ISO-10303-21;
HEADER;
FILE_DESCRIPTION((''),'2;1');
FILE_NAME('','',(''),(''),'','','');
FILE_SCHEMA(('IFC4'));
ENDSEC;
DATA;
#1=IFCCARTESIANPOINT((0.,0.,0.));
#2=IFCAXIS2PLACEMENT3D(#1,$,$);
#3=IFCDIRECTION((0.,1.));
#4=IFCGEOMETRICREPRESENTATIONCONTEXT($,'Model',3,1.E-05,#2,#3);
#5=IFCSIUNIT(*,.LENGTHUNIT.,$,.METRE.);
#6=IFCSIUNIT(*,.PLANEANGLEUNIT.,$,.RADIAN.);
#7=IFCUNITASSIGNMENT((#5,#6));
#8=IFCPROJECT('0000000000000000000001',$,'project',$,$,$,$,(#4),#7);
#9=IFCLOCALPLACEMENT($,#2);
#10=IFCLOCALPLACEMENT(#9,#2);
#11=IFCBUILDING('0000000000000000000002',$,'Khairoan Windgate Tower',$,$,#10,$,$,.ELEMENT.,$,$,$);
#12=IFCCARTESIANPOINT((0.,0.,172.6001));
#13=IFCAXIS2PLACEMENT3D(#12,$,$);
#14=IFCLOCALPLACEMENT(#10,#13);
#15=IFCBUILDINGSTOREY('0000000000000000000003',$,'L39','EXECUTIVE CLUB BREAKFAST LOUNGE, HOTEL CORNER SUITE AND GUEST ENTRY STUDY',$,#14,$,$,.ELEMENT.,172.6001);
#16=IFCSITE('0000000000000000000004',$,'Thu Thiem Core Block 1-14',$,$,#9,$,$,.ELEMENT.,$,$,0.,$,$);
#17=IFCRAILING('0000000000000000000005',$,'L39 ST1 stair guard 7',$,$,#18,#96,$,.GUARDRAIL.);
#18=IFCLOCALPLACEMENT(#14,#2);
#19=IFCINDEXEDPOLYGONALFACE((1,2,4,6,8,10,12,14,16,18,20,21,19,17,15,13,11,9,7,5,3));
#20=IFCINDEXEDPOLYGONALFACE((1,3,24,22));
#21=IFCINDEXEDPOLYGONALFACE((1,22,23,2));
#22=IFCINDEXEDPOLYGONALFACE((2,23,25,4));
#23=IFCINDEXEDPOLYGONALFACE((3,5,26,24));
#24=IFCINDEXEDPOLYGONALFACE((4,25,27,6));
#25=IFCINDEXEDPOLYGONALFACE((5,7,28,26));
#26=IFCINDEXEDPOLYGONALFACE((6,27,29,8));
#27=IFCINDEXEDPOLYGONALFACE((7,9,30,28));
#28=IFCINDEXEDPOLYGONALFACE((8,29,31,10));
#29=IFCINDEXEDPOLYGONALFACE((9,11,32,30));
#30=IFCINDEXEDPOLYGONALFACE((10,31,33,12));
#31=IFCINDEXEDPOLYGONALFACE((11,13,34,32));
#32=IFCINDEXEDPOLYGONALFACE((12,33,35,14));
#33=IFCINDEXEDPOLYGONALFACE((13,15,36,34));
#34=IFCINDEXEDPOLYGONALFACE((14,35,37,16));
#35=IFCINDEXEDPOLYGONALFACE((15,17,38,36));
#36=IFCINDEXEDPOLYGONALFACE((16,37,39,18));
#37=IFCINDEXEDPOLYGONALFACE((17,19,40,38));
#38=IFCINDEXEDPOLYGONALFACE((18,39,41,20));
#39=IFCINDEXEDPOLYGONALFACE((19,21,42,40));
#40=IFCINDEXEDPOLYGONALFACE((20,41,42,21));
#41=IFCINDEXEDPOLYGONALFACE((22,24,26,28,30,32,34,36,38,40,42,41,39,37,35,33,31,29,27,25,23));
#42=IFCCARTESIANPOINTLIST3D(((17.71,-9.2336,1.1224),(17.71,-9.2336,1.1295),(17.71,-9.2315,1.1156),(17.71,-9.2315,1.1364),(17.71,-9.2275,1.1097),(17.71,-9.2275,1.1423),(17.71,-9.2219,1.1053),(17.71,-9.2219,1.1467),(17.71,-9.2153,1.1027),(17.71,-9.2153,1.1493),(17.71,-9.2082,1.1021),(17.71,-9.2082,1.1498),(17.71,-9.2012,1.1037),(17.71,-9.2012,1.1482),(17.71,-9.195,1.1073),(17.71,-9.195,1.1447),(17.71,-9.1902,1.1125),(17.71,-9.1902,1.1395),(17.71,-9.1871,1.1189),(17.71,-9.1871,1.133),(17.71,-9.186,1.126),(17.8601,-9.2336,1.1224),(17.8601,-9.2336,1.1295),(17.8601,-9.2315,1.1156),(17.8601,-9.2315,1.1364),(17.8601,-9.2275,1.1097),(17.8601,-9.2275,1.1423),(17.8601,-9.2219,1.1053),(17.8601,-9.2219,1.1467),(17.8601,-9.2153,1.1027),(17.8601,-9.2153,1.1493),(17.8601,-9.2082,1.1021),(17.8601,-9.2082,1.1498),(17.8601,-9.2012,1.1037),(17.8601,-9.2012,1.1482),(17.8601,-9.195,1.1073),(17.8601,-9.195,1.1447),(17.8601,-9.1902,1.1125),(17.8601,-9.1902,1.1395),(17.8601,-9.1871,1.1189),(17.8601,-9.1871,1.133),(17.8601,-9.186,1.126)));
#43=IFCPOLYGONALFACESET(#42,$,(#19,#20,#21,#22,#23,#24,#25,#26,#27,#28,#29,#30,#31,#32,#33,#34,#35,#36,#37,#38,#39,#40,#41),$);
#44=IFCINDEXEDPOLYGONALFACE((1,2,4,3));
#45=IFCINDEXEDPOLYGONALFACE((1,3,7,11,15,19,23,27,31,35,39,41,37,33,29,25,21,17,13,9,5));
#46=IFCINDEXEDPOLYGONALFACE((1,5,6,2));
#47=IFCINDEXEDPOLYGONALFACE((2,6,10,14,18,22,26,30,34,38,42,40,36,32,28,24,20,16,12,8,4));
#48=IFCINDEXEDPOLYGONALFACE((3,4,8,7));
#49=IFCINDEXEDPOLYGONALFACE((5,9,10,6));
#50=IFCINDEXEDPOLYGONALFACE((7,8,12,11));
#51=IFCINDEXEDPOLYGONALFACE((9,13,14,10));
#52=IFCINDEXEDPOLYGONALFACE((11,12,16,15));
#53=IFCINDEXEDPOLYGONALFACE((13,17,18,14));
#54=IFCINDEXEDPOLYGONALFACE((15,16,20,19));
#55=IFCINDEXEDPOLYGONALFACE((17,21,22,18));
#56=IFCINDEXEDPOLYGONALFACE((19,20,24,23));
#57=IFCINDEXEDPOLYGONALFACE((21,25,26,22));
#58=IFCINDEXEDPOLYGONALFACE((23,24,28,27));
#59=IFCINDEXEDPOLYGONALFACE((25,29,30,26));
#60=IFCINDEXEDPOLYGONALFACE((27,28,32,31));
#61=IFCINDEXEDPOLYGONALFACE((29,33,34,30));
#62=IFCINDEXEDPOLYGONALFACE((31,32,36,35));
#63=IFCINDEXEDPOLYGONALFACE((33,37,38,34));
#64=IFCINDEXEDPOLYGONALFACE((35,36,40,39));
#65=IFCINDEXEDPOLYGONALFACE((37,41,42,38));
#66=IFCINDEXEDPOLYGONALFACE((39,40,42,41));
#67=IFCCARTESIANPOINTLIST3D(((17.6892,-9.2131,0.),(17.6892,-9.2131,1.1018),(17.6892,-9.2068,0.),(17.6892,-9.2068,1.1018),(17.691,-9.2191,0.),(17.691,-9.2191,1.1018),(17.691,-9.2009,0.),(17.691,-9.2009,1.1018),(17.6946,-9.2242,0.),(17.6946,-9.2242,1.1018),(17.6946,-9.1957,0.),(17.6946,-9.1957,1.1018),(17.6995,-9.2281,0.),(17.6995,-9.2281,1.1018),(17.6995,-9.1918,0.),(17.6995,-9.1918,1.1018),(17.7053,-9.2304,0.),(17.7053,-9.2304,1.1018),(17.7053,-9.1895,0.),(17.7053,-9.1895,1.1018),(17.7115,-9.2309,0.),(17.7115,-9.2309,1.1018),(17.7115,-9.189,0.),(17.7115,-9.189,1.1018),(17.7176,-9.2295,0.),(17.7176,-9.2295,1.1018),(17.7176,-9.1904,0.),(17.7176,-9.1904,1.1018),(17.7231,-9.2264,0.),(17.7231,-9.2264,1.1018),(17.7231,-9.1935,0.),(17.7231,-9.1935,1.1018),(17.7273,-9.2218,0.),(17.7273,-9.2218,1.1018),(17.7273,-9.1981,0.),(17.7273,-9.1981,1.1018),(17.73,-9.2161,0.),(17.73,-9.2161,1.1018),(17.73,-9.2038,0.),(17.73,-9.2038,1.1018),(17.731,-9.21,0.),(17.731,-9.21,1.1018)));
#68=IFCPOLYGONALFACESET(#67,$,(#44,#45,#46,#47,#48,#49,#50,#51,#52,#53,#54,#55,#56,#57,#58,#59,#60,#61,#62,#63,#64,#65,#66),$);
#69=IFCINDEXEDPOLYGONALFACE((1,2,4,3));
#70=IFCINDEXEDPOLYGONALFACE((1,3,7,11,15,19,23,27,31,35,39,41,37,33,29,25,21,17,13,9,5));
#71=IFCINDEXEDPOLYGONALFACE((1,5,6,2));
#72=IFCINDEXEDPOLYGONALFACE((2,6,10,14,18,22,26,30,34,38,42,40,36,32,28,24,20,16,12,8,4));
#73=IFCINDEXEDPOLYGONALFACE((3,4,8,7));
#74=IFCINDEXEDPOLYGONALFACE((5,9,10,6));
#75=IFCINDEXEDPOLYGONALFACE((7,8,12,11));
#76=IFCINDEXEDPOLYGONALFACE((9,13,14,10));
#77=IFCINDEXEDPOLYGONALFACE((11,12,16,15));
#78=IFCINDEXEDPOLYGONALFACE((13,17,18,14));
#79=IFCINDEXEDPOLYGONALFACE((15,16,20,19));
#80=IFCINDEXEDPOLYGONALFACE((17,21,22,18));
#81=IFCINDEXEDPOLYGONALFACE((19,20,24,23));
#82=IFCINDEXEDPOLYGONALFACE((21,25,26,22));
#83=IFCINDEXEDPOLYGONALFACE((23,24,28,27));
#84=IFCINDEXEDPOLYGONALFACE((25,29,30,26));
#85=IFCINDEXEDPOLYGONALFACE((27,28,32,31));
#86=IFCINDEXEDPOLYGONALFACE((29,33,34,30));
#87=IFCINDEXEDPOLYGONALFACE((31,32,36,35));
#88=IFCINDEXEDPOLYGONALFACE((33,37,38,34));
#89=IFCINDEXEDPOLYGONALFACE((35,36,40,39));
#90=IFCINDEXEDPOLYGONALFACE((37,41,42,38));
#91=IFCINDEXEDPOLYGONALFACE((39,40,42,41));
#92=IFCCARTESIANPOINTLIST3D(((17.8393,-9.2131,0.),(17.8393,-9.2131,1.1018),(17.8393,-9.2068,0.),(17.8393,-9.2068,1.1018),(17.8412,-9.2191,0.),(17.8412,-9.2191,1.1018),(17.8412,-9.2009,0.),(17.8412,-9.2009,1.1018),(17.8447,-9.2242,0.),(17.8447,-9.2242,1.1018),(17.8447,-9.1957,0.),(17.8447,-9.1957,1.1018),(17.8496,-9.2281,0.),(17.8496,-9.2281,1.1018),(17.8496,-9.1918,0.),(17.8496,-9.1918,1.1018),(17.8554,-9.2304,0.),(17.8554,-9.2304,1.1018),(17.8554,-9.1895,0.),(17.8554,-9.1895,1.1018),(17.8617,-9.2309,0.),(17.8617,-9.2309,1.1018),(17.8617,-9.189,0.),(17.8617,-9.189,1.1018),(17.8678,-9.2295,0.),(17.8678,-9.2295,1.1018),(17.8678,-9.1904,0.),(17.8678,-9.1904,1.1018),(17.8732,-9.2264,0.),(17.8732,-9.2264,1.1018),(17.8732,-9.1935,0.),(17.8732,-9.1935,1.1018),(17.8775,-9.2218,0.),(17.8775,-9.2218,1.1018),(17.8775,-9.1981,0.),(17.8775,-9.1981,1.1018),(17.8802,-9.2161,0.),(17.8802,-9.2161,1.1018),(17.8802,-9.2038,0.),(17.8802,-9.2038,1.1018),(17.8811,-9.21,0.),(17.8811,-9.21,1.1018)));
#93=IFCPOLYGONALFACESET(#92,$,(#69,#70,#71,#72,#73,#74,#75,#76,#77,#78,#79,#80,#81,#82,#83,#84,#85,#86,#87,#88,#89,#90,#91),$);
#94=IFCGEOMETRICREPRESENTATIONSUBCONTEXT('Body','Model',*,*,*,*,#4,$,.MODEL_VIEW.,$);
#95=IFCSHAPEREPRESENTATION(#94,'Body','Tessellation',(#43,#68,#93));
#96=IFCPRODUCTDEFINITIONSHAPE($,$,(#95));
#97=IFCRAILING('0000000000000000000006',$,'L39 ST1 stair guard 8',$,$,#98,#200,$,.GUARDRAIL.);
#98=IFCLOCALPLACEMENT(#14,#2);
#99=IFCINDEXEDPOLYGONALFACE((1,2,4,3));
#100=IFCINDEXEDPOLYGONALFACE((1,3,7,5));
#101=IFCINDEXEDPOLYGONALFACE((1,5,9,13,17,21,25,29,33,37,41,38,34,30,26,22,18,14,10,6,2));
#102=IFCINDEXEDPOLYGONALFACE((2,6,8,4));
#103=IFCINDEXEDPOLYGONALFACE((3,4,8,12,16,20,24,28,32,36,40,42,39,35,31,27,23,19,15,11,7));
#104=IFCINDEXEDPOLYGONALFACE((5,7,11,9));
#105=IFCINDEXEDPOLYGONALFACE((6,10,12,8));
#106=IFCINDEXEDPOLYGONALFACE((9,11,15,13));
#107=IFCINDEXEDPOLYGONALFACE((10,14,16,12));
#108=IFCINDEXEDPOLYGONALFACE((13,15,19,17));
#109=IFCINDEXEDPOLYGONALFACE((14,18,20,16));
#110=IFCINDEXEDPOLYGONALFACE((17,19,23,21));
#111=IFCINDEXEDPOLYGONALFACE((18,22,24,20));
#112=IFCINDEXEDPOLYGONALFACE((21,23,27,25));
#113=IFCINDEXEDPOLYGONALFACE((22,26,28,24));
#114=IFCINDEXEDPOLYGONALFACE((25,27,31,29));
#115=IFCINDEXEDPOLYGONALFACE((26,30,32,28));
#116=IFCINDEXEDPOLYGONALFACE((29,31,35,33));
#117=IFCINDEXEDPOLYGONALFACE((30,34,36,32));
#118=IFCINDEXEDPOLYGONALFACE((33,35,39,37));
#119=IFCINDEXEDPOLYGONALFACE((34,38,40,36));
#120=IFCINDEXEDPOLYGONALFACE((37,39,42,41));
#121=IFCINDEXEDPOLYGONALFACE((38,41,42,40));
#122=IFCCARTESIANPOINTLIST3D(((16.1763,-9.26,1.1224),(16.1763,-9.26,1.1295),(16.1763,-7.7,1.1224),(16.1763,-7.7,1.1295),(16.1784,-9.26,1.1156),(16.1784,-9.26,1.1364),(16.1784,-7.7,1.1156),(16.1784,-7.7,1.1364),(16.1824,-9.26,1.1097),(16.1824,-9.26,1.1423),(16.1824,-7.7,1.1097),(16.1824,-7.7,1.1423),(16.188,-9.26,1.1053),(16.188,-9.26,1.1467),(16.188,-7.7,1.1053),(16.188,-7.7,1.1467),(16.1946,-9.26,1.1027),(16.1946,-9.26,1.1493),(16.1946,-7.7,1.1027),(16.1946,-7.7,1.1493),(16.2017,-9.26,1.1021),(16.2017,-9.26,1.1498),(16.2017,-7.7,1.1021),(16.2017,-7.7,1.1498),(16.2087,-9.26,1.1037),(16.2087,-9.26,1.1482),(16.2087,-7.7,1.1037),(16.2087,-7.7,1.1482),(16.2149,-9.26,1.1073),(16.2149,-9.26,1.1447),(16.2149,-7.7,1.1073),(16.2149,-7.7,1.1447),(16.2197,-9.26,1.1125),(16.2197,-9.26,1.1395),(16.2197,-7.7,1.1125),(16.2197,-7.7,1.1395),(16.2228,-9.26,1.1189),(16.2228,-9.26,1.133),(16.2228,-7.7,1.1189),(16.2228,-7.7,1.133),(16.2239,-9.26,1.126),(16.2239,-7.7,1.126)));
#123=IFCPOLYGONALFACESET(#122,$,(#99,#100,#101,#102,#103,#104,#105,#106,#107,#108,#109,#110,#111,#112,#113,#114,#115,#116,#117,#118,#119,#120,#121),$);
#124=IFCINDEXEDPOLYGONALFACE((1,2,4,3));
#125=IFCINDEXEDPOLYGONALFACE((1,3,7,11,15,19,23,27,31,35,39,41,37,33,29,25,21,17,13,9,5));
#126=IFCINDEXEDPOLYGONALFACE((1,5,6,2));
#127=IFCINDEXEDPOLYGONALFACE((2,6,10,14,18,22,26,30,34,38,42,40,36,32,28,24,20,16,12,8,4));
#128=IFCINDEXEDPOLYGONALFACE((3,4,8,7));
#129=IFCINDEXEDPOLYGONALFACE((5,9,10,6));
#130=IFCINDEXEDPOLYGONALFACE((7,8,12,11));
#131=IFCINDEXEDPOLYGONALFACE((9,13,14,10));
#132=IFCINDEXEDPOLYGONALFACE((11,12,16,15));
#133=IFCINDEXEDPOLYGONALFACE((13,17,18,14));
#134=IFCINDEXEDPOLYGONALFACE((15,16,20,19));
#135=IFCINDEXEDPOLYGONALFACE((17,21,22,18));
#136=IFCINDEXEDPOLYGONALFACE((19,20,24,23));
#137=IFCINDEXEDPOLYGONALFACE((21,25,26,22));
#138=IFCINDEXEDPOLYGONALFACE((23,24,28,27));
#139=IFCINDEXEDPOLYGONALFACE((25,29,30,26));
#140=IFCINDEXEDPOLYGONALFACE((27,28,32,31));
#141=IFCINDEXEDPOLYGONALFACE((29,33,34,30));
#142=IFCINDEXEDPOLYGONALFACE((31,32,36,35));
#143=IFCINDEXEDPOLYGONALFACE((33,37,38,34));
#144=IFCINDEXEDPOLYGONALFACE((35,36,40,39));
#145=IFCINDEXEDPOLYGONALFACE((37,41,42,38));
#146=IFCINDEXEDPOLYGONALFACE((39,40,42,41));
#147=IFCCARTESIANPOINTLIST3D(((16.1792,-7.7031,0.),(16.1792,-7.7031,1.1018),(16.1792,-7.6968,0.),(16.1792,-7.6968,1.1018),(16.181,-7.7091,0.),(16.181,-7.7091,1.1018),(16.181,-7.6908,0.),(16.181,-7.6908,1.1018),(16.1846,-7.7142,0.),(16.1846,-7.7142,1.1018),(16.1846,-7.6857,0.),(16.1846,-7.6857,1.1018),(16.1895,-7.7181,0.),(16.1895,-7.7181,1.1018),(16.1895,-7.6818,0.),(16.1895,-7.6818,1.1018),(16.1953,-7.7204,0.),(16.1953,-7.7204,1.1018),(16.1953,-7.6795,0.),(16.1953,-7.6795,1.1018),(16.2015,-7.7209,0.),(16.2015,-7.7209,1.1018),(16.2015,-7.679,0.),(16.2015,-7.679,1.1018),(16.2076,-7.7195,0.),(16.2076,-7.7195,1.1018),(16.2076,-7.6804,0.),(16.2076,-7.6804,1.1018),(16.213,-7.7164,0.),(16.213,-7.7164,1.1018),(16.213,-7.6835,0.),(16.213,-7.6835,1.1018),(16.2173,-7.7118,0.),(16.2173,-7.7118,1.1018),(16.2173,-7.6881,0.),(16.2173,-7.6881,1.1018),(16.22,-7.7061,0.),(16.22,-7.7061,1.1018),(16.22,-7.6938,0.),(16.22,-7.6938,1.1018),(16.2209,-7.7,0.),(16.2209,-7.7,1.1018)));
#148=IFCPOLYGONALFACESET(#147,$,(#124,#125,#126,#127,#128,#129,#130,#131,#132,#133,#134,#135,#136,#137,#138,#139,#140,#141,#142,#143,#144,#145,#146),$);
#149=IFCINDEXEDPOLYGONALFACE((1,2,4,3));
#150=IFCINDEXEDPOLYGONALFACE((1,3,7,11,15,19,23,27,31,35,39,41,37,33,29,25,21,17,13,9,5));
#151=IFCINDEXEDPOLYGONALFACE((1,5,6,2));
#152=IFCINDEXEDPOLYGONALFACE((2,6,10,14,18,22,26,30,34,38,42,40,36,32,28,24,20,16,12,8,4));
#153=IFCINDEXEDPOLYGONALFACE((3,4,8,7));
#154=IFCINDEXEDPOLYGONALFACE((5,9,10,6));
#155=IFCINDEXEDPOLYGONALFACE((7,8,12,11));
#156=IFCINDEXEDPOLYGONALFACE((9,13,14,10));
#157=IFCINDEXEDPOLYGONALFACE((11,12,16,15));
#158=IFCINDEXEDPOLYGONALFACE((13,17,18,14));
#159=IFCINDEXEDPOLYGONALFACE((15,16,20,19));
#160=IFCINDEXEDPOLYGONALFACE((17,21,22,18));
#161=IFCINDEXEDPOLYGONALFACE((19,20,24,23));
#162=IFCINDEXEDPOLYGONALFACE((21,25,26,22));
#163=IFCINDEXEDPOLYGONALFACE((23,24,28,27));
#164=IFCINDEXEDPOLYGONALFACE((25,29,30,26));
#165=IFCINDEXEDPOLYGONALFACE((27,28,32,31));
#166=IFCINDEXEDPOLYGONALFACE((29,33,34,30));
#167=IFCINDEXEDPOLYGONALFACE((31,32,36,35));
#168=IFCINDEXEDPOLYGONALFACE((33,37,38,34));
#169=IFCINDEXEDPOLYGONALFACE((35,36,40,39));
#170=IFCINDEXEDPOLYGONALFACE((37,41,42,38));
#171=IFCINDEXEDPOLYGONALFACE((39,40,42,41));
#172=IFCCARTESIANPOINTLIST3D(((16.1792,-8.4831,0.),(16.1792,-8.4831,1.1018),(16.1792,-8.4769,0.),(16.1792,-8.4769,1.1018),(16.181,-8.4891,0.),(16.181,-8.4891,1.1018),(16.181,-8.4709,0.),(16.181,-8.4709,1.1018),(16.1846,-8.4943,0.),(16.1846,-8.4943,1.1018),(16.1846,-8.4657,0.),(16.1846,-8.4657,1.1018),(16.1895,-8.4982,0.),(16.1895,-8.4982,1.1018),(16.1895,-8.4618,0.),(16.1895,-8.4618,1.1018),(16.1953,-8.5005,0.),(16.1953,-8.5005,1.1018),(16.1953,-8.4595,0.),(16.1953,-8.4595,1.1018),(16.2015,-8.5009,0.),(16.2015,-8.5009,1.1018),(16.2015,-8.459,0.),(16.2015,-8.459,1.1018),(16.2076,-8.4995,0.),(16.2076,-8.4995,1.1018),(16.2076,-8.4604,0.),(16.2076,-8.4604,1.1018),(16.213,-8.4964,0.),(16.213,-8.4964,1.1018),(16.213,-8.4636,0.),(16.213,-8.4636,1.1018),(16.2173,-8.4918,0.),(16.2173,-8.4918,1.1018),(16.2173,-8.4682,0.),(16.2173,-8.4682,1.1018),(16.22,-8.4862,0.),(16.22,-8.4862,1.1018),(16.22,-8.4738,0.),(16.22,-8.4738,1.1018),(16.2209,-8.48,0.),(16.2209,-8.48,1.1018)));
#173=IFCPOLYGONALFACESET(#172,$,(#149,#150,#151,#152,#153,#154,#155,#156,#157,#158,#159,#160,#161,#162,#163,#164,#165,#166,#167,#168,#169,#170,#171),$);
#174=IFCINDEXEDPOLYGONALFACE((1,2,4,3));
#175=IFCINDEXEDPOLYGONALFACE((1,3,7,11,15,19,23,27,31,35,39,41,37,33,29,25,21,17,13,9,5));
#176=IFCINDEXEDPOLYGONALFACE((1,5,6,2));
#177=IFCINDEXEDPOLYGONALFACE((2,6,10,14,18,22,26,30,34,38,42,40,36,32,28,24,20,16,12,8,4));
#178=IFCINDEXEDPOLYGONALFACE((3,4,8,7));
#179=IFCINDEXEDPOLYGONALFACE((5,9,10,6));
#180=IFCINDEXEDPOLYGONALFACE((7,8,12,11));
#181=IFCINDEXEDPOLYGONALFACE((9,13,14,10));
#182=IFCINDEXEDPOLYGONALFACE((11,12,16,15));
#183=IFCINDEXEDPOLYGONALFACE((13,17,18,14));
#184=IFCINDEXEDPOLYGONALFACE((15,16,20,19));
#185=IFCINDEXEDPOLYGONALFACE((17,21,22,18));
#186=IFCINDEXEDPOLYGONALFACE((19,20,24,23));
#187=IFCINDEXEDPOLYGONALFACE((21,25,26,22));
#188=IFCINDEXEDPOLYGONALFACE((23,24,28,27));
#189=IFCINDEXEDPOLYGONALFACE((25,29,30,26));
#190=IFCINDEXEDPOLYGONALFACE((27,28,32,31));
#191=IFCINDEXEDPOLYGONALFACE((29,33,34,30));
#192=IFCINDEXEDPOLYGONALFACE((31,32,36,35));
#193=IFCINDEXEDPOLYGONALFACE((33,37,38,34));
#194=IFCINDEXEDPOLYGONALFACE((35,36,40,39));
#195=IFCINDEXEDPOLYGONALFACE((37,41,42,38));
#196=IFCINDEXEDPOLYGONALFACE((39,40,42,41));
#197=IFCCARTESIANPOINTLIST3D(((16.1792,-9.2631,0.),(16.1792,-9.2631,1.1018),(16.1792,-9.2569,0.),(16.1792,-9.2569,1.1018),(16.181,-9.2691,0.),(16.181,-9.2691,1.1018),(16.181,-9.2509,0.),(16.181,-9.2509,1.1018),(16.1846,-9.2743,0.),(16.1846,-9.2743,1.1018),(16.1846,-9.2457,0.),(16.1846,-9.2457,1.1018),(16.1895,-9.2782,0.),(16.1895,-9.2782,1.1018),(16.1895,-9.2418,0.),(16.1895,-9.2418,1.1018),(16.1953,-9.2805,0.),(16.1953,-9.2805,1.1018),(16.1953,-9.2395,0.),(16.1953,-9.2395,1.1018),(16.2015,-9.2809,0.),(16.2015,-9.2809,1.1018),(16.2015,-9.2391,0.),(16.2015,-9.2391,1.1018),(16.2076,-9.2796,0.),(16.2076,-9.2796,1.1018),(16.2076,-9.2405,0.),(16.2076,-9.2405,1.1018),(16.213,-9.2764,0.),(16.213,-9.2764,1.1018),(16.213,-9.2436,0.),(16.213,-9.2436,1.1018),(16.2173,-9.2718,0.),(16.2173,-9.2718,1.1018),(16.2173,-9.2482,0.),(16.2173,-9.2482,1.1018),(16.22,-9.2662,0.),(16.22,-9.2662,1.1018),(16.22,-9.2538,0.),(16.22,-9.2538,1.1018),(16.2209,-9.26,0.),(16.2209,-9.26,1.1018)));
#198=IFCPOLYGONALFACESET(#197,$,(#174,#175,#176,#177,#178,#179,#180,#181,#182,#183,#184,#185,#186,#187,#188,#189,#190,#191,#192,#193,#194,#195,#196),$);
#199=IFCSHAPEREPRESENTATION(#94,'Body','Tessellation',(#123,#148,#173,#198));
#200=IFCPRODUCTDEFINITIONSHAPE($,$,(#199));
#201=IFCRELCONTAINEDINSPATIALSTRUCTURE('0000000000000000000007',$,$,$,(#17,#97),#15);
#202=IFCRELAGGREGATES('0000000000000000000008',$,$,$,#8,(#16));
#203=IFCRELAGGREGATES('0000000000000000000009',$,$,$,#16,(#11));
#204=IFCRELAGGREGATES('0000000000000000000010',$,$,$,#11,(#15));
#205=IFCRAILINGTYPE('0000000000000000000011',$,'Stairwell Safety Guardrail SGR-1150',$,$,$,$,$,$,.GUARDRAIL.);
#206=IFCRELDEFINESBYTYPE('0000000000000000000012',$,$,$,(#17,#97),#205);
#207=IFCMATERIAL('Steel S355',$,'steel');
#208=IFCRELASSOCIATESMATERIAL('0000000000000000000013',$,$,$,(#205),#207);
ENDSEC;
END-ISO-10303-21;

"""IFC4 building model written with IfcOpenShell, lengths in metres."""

from ifc_helpers import new_model, si_unit, direction, frame, origin, origin_2d, place, context, subcontext, project, spatial, circle, extrude, material, type_object, element, save


model = new_model("IFC4")

# Units and contexts
model_context = context("Model", 3, precision=1e-05, world=origin(), true_north=direction((0.0, 1.0)))
body_context = subcontext(model_context, "Body", "Model", "MODEL_VIEW")
ifc_project = project(units=[si_unit("LENGTHUNIT", "METRE"), si_unit("PLANEANGLEUNIT", "RADIAN")], contexts=[model_context])

# Site, building, storey
site_placement = place(None, origin())
site = spatial("IfcSite", under=ifc_project, at=site_placement, Name="Thu Thiem Core Block 1-14", CompositionType="ELEMENT", RefElevation=0.0)
building_placement = place(site_placement, origin())
building = spatial("IfcBuilding", under=site, at=building_placement, Name="Khairoan Windgate Tower", CompositionType="ELEMENT")
storey_placement = place(building_placement, frame((0.0, 0.0, 172.6001)))
storey = spatial("IfcBuildingStorey", under=building, at=storey_placement, Name="L39", Description="EXECUTIVE CLUB BREAKFAST LOUNGE, HOTEL CORNER SUITE AND GUEST ENTRY STUDY", CompositionType="ELEMENT", Elevation=172.6001)

# Railings
ifc_material_1 = material(Name="Steel S355", Category="steel")
railing_type_1 = type_object("IfcRailingType", Name="Stairwell Safety Guardrail SGR-1150", PredefinedType="GUARDRAIL", material=ifc_material_1)
railing_1_placement = place(storey_placement, frame((17.71, -9.21, 0.0)))
element("IfcRailing", 1, at=railing_1_placement, inside=storey, type_object=railing_type_1, Name="L39 ST1 stair guard 7", PredefinedType="GUARDRAIL", context=body_context, shape_type="SweptSolid", body=[
    extrude(circle(Radius=0.0239, at=origin_2d()), frame((0.0, 0.0, 1.126), z_axis=(1.0, 0.0, 0.0), x_axis=(0.0, 1.0, 0.0)), (0.0, 0.0, 1.0), 0.1501),
    extrude(circle(Radius=0.021, at=origin_2d()), origin(), (0.0, 0.0, 1.0), 1.1018),
    extrude(circle(Radius=0.021, at=origin_2d()), frame((0.1501, 0.0, 0.0)), (0.0, 0.0, 1.0), 1.1018),
])
for number, where, name in (
    (2, (16.2, -7.7, 0.0), "L39 ST1 stair guard 8"),
):
    element("IfcRailing", number, at=place(storey_placement, frame(where)), inside=storey, type_object=railing_type_1, Name=name, PredefinedType="GUARDRAIL", context=body_context, shape_type="SweptSolid", body=[
        extrude(circle(Radius=0.0239, at=origin_2d()), frame((0.0, 0.0, 1.126), z_axis=(0.0, -1.0, 0.0), x_axis=(1.0, 0.0, 0.0)), (0.0, 0.0, 1.0), 1.5601),
        extrude(circle(Radius=0.021, at=origin_2d()), origin(), (0.0, 0.0, 1.0), 1.1018),
        extrude(circle(Radius=0.021, at=origin_2d()), frame((0.0, -0.78, 0.0)), (0.0, 0.0, 1.0), 1.1018),
        extrude(circle(Radius=0.021, at=origin_2d()), frame((0.0, -1.5601, 0.0)), (0.0, 0.0, 1.0), 1.1018),
    ])

save(model, "model.ifc")
